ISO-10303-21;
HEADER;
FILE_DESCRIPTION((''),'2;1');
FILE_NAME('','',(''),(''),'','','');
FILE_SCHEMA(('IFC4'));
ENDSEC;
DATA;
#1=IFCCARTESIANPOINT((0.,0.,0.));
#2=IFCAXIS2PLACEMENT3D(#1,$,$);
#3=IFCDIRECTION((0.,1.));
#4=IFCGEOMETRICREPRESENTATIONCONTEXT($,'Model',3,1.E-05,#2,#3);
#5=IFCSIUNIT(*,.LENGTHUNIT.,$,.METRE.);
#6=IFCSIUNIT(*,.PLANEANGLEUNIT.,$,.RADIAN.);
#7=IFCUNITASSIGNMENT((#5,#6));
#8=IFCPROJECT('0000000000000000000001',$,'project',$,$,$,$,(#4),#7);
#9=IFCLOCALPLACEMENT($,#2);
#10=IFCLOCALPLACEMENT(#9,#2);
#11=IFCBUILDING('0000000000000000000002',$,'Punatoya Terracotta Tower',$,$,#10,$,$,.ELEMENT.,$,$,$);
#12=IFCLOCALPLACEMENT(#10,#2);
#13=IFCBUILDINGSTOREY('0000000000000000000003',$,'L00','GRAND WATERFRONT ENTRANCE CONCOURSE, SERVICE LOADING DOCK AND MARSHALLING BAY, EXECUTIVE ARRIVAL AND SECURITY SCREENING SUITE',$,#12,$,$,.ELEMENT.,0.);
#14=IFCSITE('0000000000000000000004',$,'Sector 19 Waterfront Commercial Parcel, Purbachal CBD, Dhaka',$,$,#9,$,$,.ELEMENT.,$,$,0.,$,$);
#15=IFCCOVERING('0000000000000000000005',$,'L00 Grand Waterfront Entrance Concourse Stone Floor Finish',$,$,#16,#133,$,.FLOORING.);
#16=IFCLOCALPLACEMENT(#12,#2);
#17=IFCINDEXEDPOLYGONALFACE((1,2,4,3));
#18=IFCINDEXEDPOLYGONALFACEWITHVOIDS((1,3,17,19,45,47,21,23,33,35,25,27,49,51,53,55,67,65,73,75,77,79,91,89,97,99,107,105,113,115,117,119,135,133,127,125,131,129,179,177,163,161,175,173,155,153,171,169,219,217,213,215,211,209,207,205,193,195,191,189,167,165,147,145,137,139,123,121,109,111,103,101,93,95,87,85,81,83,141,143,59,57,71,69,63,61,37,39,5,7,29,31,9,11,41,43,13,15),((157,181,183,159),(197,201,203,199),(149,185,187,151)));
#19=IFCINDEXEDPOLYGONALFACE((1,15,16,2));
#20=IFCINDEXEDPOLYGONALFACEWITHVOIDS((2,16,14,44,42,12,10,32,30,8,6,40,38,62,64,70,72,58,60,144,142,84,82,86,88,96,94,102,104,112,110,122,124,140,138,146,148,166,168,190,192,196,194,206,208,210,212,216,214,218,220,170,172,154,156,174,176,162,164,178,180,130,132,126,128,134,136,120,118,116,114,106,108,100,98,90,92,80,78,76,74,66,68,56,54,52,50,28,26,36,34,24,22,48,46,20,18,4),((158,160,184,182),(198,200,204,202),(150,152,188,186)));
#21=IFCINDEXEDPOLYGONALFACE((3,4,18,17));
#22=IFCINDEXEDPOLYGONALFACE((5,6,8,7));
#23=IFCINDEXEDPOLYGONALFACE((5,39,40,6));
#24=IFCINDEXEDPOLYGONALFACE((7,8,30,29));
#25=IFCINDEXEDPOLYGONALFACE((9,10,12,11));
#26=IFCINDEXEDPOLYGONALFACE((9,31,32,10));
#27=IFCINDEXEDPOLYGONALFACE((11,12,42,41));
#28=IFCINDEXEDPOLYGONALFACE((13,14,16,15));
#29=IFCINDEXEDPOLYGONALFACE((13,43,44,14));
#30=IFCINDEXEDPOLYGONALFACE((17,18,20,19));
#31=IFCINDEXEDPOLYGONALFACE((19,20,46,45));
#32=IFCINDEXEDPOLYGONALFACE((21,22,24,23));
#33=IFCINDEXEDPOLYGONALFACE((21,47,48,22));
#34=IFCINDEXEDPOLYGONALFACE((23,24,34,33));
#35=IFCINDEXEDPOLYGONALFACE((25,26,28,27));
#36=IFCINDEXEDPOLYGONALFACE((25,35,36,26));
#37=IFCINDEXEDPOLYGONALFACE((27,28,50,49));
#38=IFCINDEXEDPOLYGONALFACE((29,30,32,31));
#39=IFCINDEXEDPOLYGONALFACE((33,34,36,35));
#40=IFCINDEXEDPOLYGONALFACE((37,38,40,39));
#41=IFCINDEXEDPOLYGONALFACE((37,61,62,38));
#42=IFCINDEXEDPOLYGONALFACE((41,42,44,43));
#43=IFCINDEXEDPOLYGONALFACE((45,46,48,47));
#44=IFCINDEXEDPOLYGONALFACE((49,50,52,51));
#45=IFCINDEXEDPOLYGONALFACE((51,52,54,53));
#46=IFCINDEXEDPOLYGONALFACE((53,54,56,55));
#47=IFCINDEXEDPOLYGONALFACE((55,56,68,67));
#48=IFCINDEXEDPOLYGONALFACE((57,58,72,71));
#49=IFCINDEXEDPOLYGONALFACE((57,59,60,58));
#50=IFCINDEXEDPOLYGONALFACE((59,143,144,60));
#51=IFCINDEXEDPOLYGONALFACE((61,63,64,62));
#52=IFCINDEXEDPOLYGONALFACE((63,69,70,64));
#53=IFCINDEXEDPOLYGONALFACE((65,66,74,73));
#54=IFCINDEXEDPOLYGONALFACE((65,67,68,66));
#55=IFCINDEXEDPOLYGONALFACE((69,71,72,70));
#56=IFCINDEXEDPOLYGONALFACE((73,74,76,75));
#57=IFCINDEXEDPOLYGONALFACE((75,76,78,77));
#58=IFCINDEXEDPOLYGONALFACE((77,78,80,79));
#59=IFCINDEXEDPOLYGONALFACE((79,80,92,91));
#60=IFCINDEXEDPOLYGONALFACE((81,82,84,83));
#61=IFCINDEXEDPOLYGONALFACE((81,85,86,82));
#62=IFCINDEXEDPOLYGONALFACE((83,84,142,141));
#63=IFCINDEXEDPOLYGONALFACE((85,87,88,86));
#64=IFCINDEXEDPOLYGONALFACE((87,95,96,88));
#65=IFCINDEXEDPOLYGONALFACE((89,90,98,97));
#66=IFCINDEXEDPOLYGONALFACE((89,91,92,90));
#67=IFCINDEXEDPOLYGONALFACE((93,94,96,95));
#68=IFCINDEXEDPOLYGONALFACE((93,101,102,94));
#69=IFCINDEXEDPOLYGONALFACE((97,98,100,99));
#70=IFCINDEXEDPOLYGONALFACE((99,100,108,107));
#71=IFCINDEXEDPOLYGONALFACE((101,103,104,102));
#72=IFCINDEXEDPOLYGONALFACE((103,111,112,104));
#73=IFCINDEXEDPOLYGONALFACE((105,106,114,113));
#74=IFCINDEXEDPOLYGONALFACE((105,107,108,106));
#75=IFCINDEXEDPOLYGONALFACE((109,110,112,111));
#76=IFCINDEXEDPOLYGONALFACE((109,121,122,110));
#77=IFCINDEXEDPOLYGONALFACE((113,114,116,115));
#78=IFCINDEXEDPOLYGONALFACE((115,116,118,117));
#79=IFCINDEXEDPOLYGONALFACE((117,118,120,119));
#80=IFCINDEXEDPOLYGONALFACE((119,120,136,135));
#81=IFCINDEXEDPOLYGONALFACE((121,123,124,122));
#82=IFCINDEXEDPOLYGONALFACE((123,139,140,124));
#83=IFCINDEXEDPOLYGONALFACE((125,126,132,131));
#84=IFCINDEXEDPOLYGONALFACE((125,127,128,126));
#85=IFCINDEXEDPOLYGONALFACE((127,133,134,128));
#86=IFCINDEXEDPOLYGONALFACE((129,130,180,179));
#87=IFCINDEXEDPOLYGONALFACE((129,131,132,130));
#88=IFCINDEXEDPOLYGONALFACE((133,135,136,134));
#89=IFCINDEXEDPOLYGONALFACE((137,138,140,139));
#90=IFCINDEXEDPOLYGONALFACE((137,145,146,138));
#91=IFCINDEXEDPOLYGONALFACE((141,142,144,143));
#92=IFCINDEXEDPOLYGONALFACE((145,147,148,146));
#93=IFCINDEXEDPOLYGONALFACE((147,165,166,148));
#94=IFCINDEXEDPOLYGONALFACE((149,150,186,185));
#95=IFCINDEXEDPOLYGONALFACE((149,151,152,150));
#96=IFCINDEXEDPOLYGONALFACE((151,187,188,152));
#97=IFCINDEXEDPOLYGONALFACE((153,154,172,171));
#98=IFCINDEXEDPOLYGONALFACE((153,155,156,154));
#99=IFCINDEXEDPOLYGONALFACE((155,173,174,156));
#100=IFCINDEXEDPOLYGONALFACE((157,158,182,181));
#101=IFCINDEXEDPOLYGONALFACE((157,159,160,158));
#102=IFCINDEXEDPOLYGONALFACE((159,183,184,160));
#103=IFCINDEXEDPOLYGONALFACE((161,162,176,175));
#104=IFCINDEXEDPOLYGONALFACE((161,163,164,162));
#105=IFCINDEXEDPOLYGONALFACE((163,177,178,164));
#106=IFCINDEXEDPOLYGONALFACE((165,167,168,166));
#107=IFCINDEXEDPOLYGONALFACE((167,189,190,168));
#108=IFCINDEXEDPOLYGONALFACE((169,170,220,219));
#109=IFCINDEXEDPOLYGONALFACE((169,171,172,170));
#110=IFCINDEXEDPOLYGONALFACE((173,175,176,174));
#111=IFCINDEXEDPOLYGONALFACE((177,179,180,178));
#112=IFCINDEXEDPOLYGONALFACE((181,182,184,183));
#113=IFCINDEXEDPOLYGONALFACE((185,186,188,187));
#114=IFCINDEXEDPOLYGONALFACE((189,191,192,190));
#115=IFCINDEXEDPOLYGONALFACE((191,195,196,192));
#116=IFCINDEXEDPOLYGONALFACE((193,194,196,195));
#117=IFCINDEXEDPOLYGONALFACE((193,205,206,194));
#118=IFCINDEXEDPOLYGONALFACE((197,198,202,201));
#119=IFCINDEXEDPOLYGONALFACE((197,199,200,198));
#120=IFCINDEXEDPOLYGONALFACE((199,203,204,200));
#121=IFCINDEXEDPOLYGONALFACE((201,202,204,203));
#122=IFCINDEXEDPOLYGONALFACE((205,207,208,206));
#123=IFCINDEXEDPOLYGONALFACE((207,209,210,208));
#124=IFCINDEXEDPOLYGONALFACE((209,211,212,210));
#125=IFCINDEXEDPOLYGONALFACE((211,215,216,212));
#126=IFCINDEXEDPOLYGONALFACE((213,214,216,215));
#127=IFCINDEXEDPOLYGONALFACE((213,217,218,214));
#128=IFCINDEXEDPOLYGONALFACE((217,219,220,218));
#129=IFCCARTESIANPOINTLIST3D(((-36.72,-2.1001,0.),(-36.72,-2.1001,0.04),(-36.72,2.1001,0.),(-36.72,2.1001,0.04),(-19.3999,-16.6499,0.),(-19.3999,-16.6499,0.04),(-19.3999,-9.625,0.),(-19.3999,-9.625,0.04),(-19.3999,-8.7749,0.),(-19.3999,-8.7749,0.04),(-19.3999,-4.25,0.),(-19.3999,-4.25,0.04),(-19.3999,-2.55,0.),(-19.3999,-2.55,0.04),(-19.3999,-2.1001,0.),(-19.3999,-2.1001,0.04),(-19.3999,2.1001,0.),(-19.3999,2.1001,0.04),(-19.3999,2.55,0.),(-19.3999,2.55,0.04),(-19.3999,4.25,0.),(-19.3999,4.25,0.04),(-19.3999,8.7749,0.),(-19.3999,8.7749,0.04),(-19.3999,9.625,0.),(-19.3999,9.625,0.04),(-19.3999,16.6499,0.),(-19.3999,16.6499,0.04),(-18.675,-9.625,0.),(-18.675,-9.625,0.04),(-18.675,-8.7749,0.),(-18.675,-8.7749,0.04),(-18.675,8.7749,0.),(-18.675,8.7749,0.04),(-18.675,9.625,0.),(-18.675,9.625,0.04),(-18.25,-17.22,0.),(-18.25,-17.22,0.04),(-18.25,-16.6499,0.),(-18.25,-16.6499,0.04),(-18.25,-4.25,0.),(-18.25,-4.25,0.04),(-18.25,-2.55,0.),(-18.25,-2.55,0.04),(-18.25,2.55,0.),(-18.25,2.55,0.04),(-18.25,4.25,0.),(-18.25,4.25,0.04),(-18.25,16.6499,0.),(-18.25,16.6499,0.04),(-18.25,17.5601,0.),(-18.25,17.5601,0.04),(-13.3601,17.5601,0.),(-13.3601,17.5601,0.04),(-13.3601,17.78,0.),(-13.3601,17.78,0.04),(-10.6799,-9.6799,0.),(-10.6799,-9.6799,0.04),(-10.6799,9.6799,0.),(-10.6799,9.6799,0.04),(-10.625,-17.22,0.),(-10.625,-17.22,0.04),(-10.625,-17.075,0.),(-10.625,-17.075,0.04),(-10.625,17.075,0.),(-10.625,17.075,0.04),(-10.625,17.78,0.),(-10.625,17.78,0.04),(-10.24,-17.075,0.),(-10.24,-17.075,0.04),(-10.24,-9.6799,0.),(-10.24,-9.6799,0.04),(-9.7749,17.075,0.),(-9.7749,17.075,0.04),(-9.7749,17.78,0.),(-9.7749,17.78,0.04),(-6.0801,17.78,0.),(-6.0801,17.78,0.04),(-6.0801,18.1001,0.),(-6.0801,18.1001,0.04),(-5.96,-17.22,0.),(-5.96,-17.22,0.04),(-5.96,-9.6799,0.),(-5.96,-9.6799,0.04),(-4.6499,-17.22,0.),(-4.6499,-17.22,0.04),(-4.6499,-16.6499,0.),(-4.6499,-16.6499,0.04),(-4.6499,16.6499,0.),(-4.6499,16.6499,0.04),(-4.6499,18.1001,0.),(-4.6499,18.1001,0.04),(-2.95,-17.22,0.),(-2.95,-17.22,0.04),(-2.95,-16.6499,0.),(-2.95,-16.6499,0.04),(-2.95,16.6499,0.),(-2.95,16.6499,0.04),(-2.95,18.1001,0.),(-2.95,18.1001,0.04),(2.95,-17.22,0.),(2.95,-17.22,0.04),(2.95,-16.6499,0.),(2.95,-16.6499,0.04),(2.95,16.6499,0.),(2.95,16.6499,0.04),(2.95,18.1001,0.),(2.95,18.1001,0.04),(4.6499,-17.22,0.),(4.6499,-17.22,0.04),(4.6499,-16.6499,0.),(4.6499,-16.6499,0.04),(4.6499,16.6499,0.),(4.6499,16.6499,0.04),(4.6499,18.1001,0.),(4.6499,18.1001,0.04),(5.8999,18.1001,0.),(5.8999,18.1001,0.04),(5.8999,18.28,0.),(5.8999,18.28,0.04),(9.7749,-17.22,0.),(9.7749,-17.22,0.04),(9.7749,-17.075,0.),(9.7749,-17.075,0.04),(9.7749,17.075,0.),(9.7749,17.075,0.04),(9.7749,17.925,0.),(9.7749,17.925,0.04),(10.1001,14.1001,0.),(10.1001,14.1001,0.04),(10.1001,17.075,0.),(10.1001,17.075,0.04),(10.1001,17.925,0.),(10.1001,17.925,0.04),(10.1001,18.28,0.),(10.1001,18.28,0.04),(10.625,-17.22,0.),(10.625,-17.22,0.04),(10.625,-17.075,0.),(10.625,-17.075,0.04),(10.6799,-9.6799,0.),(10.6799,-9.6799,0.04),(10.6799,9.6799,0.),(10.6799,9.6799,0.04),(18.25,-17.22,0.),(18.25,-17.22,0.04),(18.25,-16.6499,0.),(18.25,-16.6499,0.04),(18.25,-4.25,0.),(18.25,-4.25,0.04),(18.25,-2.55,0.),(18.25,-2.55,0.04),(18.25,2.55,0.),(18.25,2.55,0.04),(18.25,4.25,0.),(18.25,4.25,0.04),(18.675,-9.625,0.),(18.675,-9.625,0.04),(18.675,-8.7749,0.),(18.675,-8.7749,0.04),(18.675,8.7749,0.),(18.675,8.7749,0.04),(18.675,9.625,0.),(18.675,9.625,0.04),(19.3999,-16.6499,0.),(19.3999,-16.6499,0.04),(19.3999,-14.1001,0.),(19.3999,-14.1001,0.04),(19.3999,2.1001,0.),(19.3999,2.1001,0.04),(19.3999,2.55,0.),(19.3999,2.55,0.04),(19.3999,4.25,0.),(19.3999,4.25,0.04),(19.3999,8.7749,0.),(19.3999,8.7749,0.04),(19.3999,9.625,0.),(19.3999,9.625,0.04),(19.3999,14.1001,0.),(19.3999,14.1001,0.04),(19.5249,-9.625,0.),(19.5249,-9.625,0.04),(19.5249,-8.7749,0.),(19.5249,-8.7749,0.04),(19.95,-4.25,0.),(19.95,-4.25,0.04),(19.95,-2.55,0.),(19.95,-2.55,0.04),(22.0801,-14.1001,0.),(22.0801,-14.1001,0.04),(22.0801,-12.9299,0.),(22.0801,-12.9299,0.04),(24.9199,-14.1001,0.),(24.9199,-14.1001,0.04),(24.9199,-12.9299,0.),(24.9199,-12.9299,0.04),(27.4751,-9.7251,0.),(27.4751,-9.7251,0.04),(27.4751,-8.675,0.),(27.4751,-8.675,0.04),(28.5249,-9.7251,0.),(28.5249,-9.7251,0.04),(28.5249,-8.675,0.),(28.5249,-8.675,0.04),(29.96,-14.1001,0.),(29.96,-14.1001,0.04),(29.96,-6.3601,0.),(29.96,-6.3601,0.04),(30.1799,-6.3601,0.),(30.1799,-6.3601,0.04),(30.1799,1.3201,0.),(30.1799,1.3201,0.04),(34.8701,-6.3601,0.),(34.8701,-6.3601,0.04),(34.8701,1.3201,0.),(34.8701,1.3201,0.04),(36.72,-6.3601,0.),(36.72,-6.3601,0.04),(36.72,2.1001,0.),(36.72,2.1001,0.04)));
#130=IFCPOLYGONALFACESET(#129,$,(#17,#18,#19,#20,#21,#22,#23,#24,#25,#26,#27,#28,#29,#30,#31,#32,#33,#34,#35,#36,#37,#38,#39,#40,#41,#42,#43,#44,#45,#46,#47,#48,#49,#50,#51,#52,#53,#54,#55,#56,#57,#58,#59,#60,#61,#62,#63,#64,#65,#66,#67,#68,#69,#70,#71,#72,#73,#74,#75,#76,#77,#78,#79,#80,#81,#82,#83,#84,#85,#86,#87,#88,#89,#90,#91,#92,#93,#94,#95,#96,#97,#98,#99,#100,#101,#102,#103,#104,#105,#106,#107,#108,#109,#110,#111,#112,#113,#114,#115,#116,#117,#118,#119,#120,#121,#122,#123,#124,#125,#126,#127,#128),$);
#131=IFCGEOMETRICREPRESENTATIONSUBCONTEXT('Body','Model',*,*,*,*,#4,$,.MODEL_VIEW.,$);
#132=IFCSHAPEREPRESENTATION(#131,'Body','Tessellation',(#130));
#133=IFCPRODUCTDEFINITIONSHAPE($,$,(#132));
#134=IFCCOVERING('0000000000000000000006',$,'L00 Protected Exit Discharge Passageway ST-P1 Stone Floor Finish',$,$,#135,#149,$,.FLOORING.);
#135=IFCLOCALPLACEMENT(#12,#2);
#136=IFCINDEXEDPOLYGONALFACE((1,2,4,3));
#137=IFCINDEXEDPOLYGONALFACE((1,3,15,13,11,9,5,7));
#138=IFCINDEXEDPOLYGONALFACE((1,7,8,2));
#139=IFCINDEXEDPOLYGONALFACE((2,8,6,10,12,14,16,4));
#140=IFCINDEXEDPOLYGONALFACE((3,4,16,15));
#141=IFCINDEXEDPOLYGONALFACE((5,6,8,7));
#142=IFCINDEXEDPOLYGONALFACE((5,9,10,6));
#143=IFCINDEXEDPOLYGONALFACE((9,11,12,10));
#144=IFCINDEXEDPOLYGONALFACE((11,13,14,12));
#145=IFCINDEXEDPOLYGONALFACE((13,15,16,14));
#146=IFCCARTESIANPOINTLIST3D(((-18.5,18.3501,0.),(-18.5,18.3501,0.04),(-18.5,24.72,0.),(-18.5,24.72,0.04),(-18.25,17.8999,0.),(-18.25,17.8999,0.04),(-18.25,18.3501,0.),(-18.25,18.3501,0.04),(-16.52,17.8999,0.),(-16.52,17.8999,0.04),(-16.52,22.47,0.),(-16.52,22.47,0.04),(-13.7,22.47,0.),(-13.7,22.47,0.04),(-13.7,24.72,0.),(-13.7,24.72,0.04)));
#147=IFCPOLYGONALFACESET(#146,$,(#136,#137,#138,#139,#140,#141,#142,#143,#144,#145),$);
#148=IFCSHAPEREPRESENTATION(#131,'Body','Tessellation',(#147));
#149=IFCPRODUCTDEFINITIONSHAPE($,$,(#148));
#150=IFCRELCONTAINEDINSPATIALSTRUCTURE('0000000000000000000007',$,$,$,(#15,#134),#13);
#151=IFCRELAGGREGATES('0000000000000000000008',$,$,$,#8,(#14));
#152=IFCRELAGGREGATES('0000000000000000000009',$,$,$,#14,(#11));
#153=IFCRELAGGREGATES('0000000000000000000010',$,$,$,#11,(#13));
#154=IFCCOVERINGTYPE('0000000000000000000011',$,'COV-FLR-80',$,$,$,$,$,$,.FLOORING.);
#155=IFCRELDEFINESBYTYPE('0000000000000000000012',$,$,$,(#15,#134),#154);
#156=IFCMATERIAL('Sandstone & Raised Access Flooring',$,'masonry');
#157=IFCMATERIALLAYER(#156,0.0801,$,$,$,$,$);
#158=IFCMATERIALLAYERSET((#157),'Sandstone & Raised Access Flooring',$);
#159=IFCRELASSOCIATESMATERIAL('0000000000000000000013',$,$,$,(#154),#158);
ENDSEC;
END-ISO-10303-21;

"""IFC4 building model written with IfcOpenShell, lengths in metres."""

from ifc_helpers import new_model, si_unit, direction, origin, place, context, subcontext, project, spatial, polyline, outline, extrude, material, layer, layer_set, type_object, element, save


model = new_model("IFC4")

# Units and contexts
model_context = context("Model", 3, precision=1e-05, world=origin(), true_north=direction((0.0, 1.0)))
body_context = subcontext(model_context, "Body", "Model", "MODEL_VIEW")
ifc_project = project(units=[si_unit("LENGTHUNIT", "METRE"), si_unit("PLANEANGLEUNIT", "RADIAN")], contexts=[model_context])

# Site, building, storey
site_placement = place(None, origin())
site = spatial("IfcSite", under=ifc_project, at=site_placement, Name="Sector 19 Waterfront Commercial Parcel, Purbachal CBD, Dhaka", CompositionType="ELEMENT", RefElevation=0.0)
building_placement = place(site_placement, origin())
building = spatial("IfcBuilding", under=site, at=building_placement, Name="Punatoya Terracotta Tower", CompositionType="ELEMENT")
storey_placement = place(building_placement, origin())
storey = spatial("IfcBuildingStorey", under=building, at=storey_placement, Name="L00", Description="GRAND WATERFRONT ENTRANCE CONCOURSE, SERVICE LOADING DOCK AND MARSHALLING BAY, EXECUTIVE ARRIVAL AND SECURITY SCREENING SUITE", CompositionType="ELEMENT", Elevation=0.0)

# Coverings
ifc_material_1 = material(Name="Sandstone & Raised Access Flooring", Category="masonry")
ifc_layer_1 = layer(ifc_material_1, 0.0801)
ifc_layer_set_1 = layer_set([ifc_layer_1], Name="Sandstone & Raised Access Flooring")
covering_type_1 = type_object("IfcCoveringType", Name="COV-FLR-80", PredefinedType="FLOORING", material=ifc_layer_set_1)
covering_1_placement = place(storey_placement, origin())
element("IfcCovering", 1, at=covering_1_placement, inside=storey, type_object=covering_type_1, Name="L00 Grand Waterfront Entrance Concourse Stone Floor Finish", PredefinedType="FLOORING", context=body_context, shape_type="SweptSolid", body=[
    extrude(outline(polyline([(-4.6499, -17.22), (-4.6499, -16.6499), (-2.95, -16.6499), (-2.95, -17.22), (2.95, -17.22), (2.95, -16.6499), (4.6499, -16.6499), (4.6499, -17.22), (9.7749, -17.22), (9.7749, -17.075), (10.625, -17.075), (10.625, -17.22), (18.25, -17.22), (18.25, -16.6499), (19.3999, -16.6499), (19.3999, -14.1001), (22.0801, -14.1001), (22.0801, -12.9299), (24.9199, -12.9299), (24.9199, -14.1001), (29.96, -14.1001), (29.96, -6.3601), (30.1799, -6.3601), (30.1799, 1.3201), (34.8701, 1.3201), (34.8701, -6.3601), (36.72, -6.3601), (36.72, 2.1001), (19.3999, 2.1001), (19.3999, 2.55), (18.25, 2.55), (18.25, 4.25), (19.3999, 4.25), (19.3999, 8.7749), (18.675, 8.7749), (18.675, 9.625), (19.3999, 9.625), (19.3999, 14.1001), (10.1001, 14.1001), (10.1001, 17.075), (9.7749, 17.075), (9.7749, 17.925), (10.1001, 17.925), (10.1001, 18.28), (5.8999, 18.28), (5.8999, 18.1001), (4.6499, 18.1001), (4.6499, 16.6499), (2.95, 16.6499), (2.95, 18.1001), (-2.95, 18.1001), (-2.95, 16.6499), (-4.6499, 16.6499), (-4.6499, 18.1001), (-6.0801, 18.1001), (-6.0801, 17.78), (-9.7749, 17.78), (-9.7749, 17.075), (-10.625, 17.075), (-10.625, 17.78), (-13.3601, 17.78), (-13.3601, 17.5601), (-18.25, 17.5601), (-18.25, 16.6499), (-19.3999, 16.6499), (-19.3999, 9.625), (-18.675, 9.625), (-18.675, 8.7749), (-19.3999, 8.7749), (-19.3999, 4.25), (-18.25, 4.25), (-18.25, 2.55), (-19.3999, 2.55), (-19.3999, 2.1001), (-36.72, 2.1001), (-36.72, -2.1001), (-19.3999, -2.1001), (-19.3999, -2.55), (-18.25, -2.55), (-18.25, -4.25), (-19.3999, -4.25), (-19.3999, -8.7749), (-18.675, -8.7749), (-18.675, -9.625), (-19.3999, -9.625), (-19.3999, -16.6499), (-18.25, -16.6499), (-18.25, -17.22), (-10.625, -17.22), (-10.625, -17.075), (-10.24, -17.075), (-10.24, -9.6799), (-10.6799, -9.6799), (-10.6799, 9.6799), (10.6799, 9.6799), (10.6799, -9.6799), (-5.96, -9.6799), (-5.96, -17.22), (-4.6499, -17.22)]), holes=[polyline([(28.5249, -8.675), (28.5249, -9.7251), (27.4751, -9.7251), (27.4751, -8.675), (28.5249, -8.675)]), polyline([(18.25, -4.25), (18.25, -2.55), (19.95, -2.55), (19.95, -4.25), (18.25, -4.25)]), polyline([(18.675, -8.7749), (19.5249, -8.7749), (19.5249, -9.625), (18.675, -9.625), (18.675, -8.7749)])]), origin(), (0.0, 0.0, 1.0), 0.04),
])
covering_2_placement = place(storey_placement, origin())
element("IfcCovering", 2, at=covering_2_placement, inside=storey, type_object=covering_type_1, Name="L00 Protected Exit Discharge Passageway ST-P1 Stone Floor Finish", PredefinedType="FLOORING", context=body_context, shape_type="SweptSolid", body=[
    extrude(outline(polyline([(-16.52, 17.8999), (-16.52, 22.47), (-13.7, 22.47), (-13.7, 24.72), (-18.5, 24.72), (-18.5, 18.3501), (-18.25, 18.3501), (-18.25, 17.8999), (-16.52, 17.8999)])), origin(), (0.0, 0.0, 1.0), 0.04),
])

save(model, "model.ifc")
